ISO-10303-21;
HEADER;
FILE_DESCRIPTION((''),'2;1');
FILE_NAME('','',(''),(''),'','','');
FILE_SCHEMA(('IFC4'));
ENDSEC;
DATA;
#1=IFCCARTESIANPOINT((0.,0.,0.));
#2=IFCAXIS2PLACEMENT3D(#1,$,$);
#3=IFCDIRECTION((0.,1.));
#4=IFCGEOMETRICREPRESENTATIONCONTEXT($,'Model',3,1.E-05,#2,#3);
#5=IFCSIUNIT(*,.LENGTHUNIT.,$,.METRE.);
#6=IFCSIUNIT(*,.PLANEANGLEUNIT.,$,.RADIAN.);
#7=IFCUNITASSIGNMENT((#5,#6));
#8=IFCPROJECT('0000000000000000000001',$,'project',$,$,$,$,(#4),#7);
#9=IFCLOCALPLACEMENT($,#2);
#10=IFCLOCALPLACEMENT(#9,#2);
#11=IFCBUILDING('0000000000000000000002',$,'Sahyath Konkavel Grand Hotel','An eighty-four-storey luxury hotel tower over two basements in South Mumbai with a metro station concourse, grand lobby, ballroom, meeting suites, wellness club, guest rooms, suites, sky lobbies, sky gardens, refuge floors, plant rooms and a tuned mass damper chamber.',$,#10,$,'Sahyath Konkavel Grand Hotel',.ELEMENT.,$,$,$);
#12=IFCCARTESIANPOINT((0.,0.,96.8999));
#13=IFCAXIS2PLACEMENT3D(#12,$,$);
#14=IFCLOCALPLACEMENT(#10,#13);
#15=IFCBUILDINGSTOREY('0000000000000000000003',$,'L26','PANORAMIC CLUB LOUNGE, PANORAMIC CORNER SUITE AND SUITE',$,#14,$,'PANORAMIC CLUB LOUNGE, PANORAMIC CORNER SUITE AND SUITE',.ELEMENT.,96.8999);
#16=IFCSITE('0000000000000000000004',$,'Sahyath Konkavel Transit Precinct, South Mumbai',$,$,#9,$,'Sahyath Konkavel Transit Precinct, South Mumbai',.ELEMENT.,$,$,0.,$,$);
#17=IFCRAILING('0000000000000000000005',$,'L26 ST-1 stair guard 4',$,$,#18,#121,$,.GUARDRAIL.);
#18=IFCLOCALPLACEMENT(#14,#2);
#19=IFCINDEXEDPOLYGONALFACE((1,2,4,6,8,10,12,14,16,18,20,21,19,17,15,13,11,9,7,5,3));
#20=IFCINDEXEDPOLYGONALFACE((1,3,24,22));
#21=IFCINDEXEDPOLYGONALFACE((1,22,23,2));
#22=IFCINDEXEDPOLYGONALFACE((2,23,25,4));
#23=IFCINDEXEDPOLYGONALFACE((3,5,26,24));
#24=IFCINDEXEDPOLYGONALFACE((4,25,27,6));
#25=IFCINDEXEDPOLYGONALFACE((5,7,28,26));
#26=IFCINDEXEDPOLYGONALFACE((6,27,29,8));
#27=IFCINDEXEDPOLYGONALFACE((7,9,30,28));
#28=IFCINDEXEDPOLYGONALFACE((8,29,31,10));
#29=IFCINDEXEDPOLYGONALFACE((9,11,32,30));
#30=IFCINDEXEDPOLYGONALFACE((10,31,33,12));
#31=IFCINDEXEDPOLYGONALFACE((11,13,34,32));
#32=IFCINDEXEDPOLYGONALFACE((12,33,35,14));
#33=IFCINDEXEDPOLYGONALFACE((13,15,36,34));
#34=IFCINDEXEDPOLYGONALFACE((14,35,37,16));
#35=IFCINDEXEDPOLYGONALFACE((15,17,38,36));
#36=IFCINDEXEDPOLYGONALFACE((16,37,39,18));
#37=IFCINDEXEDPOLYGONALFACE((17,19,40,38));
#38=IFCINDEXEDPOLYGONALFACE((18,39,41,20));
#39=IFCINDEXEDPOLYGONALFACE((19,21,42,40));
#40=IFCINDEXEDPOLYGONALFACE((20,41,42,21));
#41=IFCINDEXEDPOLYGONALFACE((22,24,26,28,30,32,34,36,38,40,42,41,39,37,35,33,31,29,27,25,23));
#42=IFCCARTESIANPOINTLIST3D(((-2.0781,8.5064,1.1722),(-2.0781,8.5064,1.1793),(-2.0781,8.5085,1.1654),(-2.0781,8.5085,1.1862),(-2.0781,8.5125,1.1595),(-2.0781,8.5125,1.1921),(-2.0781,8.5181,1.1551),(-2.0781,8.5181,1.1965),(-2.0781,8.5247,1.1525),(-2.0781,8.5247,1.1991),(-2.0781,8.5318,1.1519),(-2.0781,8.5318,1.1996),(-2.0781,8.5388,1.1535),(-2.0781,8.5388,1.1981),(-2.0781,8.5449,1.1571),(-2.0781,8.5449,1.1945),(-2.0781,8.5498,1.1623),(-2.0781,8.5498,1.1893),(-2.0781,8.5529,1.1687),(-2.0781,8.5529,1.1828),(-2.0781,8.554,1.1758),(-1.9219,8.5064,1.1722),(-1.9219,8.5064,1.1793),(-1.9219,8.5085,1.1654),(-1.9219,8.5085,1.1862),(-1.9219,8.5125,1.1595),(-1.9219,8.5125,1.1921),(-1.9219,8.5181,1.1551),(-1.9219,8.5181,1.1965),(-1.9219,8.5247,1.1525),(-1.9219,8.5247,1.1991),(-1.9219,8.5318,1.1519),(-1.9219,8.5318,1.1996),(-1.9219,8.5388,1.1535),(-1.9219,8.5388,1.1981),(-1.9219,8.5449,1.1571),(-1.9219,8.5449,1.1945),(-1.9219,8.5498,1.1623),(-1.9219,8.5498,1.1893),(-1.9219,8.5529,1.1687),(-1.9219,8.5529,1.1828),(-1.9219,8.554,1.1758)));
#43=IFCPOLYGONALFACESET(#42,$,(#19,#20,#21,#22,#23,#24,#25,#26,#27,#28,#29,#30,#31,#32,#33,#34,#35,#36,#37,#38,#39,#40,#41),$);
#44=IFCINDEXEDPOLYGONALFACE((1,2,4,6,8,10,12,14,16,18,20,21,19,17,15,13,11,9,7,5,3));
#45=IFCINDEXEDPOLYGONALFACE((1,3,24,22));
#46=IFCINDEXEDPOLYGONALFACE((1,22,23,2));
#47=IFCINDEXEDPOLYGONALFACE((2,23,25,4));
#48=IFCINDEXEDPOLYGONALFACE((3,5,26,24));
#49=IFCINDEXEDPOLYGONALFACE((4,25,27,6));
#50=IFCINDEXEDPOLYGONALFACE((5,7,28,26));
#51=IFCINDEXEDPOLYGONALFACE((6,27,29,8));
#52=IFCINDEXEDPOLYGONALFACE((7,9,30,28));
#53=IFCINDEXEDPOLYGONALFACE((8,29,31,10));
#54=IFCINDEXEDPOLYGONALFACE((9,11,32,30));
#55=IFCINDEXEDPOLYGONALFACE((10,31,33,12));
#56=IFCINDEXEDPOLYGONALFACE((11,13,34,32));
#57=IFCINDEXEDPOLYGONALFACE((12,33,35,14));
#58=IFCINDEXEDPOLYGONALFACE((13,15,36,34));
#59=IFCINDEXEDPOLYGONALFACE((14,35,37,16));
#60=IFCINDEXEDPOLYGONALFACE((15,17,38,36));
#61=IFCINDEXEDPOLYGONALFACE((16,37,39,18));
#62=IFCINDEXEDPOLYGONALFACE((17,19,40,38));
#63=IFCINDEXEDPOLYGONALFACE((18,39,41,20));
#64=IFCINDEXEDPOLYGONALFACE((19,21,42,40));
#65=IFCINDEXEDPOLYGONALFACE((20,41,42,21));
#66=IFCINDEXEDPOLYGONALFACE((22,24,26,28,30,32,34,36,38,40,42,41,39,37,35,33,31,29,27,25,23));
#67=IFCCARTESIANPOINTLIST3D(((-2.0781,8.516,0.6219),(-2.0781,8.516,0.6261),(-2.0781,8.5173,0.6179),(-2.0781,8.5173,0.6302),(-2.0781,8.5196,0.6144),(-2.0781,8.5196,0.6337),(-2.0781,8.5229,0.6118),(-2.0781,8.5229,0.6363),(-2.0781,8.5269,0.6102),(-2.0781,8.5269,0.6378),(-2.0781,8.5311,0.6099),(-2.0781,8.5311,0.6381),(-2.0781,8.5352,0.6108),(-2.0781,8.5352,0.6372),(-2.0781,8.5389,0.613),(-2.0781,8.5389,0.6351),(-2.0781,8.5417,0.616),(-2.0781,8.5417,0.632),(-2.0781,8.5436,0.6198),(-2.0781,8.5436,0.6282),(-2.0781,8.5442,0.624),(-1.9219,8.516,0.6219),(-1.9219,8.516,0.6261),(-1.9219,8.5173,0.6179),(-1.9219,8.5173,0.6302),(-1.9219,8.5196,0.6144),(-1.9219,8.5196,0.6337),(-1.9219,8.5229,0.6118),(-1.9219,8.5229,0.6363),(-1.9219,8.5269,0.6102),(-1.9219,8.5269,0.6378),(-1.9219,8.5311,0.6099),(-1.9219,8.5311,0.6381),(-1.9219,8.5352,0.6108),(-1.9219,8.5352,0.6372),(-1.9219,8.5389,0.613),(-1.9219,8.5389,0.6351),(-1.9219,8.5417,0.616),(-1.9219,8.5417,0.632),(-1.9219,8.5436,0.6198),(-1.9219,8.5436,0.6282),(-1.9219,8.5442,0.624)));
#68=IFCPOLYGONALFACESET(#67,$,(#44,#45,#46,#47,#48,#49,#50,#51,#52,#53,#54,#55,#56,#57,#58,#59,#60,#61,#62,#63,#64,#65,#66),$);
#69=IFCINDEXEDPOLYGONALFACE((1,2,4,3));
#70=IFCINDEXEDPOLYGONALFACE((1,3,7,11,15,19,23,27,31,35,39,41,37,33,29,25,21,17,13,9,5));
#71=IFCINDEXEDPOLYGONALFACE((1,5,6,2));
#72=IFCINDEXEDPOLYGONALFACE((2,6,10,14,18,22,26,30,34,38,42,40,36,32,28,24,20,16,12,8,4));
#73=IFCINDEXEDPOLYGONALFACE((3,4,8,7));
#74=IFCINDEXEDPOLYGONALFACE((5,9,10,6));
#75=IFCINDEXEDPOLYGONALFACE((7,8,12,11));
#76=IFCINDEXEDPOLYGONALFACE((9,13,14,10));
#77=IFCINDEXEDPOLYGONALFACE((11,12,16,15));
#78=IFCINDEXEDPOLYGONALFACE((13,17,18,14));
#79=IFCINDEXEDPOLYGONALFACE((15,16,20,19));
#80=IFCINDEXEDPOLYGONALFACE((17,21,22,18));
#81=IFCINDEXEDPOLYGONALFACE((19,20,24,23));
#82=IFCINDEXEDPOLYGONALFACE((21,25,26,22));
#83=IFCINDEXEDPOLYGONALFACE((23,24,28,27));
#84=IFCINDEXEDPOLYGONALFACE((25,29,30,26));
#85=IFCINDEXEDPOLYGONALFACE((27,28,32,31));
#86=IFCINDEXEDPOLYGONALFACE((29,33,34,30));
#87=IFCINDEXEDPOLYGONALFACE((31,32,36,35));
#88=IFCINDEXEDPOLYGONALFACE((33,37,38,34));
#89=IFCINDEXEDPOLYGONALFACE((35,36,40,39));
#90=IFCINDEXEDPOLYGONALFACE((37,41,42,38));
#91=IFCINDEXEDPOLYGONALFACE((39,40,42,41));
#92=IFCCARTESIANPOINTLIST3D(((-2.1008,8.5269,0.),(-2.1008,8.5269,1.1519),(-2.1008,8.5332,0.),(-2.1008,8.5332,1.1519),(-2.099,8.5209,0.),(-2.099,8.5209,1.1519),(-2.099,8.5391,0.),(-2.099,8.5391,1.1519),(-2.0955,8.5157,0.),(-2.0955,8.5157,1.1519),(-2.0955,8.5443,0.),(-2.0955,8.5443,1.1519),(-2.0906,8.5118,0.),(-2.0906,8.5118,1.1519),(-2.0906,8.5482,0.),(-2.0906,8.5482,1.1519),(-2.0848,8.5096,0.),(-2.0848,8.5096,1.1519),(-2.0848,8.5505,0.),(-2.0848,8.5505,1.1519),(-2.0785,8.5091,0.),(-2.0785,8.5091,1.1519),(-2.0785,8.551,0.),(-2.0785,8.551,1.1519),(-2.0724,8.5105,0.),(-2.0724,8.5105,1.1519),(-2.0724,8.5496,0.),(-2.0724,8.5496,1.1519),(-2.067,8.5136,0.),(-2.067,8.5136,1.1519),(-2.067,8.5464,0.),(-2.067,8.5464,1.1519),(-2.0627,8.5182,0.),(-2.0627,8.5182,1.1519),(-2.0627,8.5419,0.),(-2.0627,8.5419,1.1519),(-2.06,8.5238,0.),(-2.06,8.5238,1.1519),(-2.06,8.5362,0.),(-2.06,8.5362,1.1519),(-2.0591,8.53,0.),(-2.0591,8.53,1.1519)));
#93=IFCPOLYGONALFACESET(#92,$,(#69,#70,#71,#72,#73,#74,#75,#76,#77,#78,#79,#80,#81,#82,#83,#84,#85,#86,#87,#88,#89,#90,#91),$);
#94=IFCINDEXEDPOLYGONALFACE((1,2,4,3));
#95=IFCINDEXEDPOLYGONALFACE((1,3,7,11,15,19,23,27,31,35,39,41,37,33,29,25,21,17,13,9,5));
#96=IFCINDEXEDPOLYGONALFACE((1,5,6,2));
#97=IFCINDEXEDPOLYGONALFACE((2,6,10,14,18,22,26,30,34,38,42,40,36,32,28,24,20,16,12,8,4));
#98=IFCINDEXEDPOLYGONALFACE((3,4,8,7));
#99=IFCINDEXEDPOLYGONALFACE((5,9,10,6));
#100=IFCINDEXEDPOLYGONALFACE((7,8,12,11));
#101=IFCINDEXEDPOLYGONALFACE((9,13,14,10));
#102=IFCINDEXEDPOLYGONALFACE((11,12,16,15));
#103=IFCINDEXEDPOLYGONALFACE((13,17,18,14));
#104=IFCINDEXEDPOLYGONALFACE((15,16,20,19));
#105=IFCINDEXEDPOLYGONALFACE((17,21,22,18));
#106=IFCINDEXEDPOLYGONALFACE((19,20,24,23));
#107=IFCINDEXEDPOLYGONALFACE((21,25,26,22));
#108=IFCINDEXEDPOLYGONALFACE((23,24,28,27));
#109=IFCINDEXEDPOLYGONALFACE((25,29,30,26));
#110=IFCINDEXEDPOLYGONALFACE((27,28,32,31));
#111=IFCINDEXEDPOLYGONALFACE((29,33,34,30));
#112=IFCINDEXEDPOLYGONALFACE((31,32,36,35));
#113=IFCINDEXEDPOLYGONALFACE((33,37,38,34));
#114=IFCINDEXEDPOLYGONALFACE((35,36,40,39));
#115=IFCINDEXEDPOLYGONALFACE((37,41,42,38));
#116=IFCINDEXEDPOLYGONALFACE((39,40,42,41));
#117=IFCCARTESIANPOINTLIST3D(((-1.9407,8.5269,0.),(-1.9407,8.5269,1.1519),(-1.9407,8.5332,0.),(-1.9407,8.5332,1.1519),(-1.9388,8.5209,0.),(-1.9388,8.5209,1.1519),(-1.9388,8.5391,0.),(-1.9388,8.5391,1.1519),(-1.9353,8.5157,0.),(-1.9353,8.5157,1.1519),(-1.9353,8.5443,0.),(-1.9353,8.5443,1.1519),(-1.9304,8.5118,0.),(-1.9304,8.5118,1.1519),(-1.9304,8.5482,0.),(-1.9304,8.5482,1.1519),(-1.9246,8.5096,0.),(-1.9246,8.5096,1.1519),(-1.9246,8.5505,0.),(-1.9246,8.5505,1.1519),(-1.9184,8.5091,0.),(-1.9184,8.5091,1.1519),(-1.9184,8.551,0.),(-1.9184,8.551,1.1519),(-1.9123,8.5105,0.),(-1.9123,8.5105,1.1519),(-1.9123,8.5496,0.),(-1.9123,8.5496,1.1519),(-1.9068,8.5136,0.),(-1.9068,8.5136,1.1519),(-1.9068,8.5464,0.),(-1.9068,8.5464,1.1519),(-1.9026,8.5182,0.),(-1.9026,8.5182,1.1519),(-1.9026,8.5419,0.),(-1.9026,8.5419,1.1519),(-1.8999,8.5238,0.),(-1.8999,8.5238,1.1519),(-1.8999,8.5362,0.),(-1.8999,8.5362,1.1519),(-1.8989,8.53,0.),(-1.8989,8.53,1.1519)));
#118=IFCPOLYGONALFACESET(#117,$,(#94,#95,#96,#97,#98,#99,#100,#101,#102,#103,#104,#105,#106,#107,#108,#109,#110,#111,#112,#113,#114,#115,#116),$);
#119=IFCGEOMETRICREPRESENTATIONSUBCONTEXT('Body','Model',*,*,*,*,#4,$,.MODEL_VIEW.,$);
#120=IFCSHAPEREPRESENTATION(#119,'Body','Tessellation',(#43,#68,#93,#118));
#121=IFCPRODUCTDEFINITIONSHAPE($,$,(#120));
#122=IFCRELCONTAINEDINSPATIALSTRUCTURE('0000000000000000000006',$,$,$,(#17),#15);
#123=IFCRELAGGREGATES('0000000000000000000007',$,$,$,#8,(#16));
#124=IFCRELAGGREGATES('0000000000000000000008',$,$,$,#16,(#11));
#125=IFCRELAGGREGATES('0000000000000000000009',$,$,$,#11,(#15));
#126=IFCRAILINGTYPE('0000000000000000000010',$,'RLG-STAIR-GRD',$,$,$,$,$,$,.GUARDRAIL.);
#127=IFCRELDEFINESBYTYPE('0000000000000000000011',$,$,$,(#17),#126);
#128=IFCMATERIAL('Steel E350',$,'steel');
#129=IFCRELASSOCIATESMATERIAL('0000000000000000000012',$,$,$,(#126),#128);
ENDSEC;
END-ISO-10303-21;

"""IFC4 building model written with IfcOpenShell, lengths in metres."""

from ifc_helpers import new_model, si_unit, direction, frame, origin, origin_2d, place, context, subcontext, project, spatial, circle, extrude, material, type_object, element, save


model = new_model("IFC4")

# Units and contexts
model_context = context("Model", 3, precision=1e-05, world=origin(), true_north=direction((0.0, 1.0)))
body_context = subcontext(model_context, "Body", "Model", "MODEL_VIEW")
ifc_project = project(units=[si_unit("LENGTHUNIT", "METRE"), si_unit("PLANEANGLEUNIT", "RADIAN")], contexts=[model_context])

# Site, building, storey
site_placement = place(None, origin())
site = spatial("IfcSite", under=ifc_project, at=site_placement, Name="Sahyath Konkavel Transit Precinct, South Mumbai", LongName="Sahyath Konkavel Transit Precinct, South Mumbai", CompositionType="ELEMENT", RefElevation=0.0)
building_placement = place(site_placement, origin())
building = spatial("IfcBuilding", under=site, at=building_placement, Name="Sahyath Konkavel Grand Hotel", Description="An eighty-four-storey luxury hotel tower over two basements in South Mumbai with a metro station concourse, grand lobby, ballroom, meeting suites, wellness club, guest rooms, suites, sky lobbies, sky gardens, refuge floors, plant rooms and a tuned mass damper chamber.", LongName="Sahyath Konkavel Grand Hotel", CompositionType="ELEMENT")
storey_placement = place(building_placement, frame((0.0, 0.0, 96.8999)))
storey = spatial("IfcBuildingStorey", under=building, at=storey_placement, Name="L26", Description="PANORAMIC CLUB LOUNGE, PANORAMIC CORNER SUITE AND SUITE", LongName="PANORAMIC CLUB LOUNGE, PANORAMIC CORNER SUITE AND SUITE", CompositionType="ELEMENT", Elevation=96.8999)

# Shared definitions
ifc_material_1 = material(Name="Steel E350", Category="steel")

# Railing
railing_type_1 = type_object("IfcRailingType", Name="RLG-STAIR-GRD", PredefinedType="GUARDRAIL", material=ifc_material_1)
railing_1_placement = place(storey_placement, frame((-2.0801, 8.53, 0.0)))
element("IfcRailing", 1, at=railing_1_placement, inside=storey, type_object=railing_type_1, Name="L26 ST-1 stair guard 4", PredefinedType="GUARDRAIL", context=body_context, shape_type="SweptSolid", body=[
    extrude(circle(Radius=0.0239, at=origin_2d()), frame((0.002, 0.0, 1.1758), z_axis=(1.0, 0.0, 0.0), x_axis=(0.0, 1.0, 0.0)), (0.0, 0.0, 1.0), 0.1562),
    extrude(circle(Radius=0.0142, at=origin_2d()), frame((0.002, 0.0, 0.624), z_axis=(1.0, 0.0, 0.0), x_axis=(0.0, 1.0, 0.0)), (0.0, 0.0, 1.0), 0.1562),
    extrude(circle(Radius=0.021, at=origin_2d()), origin(), (0.0, 0.0, 1.0), 1.1519),
    extrude(circle(Radius=0.021, at=origin_2d()), frame((0.1602, 0.0, 0.0)), (0.0, 0.0, 1.0), 1.1519),
])

save(model, "model.ifc")
